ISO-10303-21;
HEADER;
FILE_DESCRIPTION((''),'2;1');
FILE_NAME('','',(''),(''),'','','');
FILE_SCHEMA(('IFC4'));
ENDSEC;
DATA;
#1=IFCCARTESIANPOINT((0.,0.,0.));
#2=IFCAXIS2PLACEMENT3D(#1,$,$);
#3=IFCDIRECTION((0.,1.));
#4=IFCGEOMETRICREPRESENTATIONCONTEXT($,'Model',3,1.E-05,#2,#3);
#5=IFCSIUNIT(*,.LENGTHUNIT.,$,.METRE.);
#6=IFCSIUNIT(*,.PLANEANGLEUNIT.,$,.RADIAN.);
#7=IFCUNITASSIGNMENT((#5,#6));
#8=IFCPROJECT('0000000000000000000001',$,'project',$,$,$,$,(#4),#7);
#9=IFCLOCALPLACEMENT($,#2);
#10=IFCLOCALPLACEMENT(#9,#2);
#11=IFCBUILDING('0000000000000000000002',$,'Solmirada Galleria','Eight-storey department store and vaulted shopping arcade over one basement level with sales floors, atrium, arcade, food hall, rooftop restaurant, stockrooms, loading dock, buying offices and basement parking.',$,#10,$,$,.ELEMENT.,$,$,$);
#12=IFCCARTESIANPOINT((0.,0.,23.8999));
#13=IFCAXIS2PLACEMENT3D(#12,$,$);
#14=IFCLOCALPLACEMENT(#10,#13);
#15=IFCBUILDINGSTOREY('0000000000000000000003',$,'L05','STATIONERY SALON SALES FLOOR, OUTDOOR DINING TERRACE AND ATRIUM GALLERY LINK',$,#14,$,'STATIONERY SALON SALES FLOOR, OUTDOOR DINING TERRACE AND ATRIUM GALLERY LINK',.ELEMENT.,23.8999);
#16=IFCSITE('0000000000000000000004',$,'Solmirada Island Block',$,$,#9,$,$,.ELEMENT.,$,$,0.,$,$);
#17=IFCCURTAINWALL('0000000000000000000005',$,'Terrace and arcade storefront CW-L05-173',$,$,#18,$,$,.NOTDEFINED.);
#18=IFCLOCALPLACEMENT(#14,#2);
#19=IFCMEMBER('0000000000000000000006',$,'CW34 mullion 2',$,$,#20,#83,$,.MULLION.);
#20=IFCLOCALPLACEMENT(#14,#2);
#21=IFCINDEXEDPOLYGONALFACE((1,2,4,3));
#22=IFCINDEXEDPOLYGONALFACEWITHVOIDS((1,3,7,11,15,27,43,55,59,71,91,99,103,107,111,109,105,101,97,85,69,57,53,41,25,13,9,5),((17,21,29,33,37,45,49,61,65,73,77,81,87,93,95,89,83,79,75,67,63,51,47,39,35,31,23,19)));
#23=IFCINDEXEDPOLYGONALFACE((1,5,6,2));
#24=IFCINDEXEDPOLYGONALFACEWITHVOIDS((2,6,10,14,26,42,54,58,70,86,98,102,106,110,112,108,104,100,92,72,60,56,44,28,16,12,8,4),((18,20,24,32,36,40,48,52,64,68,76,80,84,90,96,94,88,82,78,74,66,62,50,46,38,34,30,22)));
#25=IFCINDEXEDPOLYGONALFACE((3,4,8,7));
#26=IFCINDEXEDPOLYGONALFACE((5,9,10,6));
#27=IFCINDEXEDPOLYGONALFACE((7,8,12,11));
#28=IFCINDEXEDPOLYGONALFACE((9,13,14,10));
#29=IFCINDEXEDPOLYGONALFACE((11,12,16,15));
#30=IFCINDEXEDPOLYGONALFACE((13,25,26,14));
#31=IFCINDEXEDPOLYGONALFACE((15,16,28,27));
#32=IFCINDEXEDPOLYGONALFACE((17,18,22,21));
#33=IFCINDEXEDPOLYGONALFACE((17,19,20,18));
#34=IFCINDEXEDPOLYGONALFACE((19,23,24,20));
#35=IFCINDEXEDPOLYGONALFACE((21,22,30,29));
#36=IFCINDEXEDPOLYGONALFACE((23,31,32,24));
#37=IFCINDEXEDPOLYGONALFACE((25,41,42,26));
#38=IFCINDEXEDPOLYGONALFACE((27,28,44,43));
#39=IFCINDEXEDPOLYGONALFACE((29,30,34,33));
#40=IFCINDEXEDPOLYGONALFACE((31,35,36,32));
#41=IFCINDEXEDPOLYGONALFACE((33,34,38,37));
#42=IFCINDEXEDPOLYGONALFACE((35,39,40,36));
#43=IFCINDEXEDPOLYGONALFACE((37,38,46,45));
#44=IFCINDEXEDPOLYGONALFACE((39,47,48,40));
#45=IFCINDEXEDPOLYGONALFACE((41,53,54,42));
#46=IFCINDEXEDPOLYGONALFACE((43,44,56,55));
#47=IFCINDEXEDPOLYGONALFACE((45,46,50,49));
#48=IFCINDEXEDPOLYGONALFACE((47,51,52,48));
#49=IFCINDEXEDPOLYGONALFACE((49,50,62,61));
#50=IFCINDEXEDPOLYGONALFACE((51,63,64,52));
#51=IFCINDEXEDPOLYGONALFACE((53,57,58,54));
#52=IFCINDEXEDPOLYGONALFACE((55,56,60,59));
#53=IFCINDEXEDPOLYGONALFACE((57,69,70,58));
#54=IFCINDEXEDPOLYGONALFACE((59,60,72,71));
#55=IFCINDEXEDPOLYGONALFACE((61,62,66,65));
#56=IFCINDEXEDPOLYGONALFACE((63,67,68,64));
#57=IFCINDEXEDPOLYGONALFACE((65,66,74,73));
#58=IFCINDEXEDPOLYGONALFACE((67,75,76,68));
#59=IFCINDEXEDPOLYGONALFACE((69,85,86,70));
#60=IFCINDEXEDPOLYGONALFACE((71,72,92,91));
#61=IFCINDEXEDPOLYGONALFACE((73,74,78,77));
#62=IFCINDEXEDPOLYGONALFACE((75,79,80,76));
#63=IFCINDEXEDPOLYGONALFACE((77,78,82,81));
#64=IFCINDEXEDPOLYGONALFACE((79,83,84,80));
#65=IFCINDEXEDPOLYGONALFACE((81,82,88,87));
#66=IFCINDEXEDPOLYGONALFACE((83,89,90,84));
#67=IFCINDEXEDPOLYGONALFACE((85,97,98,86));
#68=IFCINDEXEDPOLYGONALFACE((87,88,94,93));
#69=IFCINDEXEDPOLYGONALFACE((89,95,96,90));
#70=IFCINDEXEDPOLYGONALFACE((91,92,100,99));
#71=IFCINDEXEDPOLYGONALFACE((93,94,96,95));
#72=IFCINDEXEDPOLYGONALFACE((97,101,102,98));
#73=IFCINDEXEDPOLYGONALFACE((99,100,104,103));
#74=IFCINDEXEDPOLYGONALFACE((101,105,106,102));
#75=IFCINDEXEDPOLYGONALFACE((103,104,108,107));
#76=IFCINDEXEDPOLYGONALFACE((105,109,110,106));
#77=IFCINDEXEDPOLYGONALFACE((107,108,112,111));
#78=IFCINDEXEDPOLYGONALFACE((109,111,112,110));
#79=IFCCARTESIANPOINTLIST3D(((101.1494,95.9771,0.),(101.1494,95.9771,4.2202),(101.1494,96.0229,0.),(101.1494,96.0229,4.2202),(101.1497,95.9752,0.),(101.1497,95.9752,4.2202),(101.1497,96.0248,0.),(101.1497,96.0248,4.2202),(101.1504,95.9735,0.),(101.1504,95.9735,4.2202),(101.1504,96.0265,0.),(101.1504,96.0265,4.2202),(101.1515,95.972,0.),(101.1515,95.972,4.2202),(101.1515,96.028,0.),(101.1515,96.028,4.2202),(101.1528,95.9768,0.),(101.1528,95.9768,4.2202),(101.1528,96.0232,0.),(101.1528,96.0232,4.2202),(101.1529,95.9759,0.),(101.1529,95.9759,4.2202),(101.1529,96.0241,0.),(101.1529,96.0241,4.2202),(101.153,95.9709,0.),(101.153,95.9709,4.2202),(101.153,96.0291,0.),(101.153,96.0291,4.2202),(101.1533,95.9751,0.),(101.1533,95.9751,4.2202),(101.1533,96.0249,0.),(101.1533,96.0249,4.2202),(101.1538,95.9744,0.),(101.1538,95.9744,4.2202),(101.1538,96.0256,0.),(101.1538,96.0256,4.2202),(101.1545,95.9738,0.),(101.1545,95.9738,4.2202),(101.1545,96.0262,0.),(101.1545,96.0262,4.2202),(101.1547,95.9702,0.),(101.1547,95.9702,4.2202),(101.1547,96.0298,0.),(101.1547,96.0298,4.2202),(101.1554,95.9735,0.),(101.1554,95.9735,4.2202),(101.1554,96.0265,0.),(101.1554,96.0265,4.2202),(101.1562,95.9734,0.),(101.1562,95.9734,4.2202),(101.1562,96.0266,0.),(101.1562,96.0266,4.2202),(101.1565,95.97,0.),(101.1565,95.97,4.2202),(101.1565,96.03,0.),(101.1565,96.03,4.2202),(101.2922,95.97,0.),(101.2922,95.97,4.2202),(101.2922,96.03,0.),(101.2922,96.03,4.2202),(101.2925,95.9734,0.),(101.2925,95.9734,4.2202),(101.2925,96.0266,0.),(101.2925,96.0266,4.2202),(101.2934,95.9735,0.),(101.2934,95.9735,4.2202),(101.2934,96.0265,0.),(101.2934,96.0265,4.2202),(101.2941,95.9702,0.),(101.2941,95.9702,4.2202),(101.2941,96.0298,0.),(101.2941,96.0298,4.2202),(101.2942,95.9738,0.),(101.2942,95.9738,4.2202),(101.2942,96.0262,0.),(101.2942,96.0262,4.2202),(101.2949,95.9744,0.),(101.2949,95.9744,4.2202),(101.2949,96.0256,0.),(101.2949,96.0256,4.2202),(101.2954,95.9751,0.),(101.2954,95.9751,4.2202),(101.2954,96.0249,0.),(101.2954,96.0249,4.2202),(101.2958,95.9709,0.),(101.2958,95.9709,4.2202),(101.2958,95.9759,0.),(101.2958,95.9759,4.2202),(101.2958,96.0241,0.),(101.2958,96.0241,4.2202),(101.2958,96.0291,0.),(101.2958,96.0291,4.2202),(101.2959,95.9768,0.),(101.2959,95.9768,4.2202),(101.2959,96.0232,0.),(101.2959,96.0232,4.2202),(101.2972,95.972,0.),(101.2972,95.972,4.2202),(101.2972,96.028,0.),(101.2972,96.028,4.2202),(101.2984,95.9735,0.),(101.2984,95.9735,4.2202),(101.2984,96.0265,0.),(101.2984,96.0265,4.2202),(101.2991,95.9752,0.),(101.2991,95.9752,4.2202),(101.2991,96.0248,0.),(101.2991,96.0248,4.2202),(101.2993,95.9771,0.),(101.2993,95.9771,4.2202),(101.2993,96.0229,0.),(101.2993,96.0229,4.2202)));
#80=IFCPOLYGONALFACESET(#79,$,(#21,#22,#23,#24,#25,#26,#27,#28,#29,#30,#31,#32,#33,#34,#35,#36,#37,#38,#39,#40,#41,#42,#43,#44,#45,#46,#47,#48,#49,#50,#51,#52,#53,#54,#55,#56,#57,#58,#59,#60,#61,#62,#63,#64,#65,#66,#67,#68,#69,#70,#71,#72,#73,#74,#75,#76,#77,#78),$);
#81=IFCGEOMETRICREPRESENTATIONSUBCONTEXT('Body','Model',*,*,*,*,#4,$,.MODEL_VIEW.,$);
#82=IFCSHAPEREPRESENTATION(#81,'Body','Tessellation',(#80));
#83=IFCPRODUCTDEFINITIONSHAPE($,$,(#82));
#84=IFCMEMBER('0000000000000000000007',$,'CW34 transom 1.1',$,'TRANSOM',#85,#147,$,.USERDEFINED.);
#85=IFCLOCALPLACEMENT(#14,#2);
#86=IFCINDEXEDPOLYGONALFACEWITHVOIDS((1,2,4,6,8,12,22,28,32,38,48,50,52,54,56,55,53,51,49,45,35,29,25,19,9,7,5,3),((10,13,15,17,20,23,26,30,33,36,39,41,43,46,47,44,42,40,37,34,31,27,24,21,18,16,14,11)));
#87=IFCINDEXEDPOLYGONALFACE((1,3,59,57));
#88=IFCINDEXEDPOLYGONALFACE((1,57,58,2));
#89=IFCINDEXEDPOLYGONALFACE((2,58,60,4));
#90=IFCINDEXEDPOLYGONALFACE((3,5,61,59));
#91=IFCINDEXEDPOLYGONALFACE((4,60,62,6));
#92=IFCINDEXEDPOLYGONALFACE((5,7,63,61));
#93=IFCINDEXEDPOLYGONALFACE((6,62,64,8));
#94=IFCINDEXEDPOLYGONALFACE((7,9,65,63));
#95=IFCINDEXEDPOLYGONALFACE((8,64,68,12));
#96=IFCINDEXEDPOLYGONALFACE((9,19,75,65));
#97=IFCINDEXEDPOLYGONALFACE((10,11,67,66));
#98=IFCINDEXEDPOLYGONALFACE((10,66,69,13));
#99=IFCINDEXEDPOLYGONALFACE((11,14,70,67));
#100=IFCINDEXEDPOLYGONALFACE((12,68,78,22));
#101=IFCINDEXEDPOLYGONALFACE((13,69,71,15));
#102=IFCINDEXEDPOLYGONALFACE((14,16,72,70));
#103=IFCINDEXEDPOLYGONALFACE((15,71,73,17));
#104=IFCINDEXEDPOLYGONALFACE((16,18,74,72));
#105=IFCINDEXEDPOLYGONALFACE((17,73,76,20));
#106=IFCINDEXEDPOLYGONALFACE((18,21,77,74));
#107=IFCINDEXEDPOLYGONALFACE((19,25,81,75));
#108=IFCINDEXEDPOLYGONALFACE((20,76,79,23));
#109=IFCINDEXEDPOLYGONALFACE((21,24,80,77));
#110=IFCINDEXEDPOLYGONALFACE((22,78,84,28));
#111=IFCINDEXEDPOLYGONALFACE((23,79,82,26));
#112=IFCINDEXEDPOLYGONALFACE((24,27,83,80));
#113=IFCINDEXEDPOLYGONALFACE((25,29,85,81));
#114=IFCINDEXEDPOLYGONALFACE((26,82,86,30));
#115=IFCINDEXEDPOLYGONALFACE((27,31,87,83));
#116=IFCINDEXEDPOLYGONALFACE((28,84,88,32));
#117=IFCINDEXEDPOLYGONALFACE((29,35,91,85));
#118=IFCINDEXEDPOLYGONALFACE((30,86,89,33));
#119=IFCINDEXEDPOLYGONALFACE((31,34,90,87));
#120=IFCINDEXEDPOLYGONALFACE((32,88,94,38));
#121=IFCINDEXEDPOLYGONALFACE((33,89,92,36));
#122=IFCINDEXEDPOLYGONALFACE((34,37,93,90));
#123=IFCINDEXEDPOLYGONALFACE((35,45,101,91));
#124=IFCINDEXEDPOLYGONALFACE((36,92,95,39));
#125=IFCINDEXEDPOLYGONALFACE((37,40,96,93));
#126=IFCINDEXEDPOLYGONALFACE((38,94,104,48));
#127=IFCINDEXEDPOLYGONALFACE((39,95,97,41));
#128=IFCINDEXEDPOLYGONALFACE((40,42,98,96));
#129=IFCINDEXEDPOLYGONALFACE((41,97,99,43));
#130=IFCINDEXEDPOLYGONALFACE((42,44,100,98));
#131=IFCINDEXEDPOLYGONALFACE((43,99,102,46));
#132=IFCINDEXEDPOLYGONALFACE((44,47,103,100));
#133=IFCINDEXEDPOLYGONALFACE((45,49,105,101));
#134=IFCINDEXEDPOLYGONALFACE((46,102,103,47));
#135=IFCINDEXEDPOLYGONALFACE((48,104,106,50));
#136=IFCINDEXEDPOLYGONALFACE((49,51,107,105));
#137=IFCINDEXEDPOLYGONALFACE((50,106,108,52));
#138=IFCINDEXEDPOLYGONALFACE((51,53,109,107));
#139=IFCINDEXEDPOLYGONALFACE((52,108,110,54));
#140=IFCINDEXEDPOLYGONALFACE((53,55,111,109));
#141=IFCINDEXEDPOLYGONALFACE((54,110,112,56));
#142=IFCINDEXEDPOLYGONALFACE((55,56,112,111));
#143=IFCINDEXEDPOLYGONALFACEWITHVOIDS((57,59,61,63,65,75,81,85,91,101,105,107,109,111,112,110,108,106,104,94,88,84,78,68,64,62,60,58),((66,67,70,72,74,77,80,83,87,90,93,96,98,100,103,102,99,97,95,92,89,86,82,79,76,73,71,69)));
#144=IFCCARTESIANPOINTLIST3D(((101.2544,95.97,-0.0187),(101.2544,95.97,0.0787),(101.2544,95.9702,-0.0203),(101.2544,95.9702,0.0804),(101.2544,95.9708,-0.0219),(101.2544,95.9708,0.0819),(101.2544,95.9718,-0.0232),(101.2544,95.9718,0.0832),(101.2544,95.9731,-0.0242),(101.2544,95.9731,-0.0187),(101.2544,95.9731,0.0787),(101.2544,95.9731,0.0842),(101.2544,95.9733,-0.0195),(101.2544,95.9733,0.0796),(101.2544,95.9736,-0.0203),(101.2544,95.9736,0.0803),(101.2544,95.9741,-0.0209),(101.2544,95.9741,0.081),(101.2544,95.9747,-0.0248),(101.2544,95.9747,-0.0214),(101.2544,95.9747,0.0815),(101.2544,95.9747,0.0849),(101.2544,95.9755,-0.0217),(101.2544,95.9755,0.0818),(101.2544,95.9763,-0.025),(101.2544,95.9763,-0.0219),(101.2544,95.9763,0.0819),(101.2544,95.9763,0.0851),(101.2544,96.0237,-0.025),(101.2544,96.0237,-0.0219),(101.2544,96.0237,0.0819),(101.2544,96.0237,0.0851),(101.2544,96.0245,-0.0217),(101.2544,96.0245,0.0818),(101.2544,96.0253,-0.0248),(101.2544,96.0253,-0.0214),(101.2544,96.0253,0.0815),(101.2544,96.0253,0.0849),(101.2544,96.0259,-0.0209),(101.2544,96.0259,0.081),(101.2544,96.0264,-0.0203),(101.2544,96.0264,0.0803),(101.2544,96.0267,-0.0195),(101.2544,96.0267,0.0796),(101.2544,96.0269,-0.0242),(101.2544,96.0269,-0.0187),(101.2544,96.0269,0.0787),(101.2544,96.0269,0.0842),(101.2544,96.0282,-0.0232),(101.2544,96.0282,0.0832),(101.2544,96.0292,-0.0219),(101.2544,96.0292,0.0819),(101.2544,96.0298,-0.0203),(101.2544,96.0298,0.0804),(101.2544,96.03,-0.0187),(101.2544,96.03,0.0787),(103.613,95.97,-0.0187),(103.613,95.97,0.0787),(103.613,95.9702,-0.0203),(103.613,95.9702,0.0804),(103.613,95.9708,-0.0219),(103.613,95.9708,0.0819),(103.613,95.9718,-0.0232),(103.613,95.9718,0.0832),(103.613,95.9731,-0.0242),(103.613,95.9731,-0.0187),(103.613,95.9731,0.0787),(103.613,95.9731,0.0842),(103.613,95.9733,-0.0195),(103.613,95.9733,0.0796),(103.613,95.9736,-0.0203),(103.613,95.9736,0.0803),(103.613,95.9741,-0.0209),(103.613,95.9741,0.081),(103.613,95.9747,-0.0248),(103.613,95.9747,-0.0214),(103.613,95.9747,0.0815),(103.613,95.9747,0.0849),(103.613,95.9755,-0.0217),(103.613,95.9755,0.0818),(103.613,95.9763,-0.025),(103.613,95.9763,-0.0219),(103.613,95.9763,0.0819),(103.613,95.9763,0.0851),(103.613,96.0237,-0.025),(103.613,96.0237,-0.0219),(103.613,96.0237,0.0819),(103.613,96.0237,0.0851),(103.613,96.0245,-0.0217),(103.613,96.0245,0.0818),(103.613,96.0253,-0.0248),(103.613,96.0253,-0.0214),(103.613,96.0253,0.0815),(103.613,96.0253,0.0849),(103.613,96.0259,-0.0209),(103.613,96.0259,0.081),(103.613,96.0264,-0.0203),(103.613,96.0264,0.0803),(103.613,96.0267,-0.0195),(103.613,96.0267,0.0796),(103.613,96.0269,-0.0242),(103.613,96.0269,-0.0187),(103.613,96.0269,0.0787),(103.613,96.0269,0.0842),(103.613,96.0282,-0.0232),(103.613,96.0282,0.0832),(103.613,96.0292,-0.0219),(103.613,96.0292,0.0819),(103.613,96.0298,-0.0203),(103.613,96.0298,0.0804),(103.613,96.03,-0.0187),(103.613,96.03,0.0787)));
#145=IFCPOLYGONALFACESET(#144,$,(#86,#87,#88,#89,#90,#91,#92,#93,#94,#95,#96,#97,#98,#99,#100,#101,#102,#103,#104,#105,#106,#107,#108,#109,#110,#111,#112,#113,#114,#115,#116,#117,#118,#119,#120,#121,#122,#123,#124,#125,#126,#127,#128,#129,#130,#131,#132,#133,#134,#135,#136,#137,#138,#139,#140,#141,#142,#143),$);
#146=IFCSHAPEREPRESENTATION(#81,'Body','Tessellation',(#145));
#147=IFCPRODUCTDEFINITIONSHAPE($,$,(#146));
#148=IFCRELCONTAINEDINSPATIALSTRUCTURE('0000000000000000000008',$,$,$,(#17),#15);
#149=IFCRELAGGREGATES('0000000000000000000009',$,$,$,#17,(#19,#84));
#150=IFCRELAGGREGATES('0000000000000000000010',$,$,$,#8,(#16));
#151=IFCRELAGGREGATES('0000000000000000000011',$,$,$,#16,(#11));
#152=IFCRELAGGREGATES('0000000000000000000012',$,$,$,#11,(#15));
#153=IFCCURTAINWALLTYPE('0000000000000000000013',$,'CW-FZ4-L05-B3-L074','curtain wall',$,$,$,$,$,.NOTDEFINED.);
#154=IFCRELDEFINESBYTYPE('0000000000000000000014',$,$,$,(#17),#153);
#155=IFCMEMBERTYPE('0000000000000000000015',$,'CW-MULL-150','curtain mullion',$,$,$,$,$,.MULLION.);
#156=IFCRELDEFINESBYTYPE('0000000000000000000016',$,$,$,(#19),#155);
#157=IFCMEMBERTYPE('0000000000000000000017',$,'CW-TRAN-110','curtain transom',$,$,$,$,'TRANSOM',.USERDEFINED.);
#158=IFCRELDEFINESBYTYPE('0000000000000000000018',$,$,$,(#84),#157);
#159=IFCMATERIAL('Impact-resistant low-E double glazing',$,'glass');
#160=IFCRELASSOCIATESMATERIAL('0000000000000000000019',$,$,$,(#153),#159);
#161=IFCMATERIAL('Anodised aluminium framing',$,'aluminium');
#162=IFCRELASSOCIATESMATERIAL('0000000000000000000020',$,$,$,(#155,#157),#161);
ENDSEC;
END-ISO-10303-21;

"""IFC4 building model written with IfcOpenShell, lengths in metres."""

from ifc_helpers import new_model, si_unit, direction, frame, origin, origin_2d, place, context, subcontext, project, spatial, hollow_rectangle, extrude, material, material_profile, profile_set, type_object, element, aggregate, save


model = new_model("IFC4")

# Units and contexts
model_context = context("Model", 3, precision=1e-05, world=origin(), true_north=direction((0.0, 1.0)))
body_context = subcontext(model_context, "Body", "Model", "MODEL_VIEW")
ifc_project = project(units=[si_unit("LENGTHUNIT", "METRE"), si_unit("PLANEANGLEUNIT", "RADIAN")], contexts=[model_context])

# Site, building, storey
site_placement = place(None, origin())
site = spatial("IfcSite", under=ifc_project, at=site_placement, Name="Solmirada Island Block", CompositionType="ELEMENT", RefElevation=0.0)
building_placement = place(site_placement, origin())
building = spatial("IfcBuilding", under=site, at=building_placement, Name="Solmirada Galleria", Description="Eight-storey department store and vaulted shopping arcade over one basement level with sales floors, atrium, arcade, food hall, rooftop restaurant, stockrooms, loading dock, buying offices and basement parking.", CompositionType="ELEMENT")
storey_placement = place(building_placement, frame((0.0, 0.0, 23.8999)))
storey = spatial("IfcBuildingStorey", under=building, at=storey_placement, Name="L05", Description="STATIONERY SALON SALES FLOOR, OUTDOOR DINING TERRACE AND ATRIUM GALLERY LINK", LongName="STATIONERY SALON SALES FLOOR, OUTDOOR DINING TERRACE AND ATRIUM GALLERY LINK", CompositionType="ELEMENT", Elevation=23.8999)

# Curtain wall, members
ifc_material_1 = material(Name="Impact-resistant low-E double glazing", Category="glass")
curtain_wall_type_1 = type_object("IfcCurtainWallType", Name="CW-FZ4-L05-B3-L074", Description="curtain wall", PredefinedType="NOTDEFINED", material=ifc_material_1)
curtain_wall_1_placement = place(storey_placement, origin())
curtain_wall_1 = element("IfcCurtainWall", 1, at=curtain_wall_1_placement, inside=storey, type_object=curtain_wall_type_1, Name="Terrace and arcade storefront CW-L05-173", PredefinedType="NOTDEFINED")
ifc_material_2 = material(Name="Anodised aluminium framing", Category="aluminium")
ifc_material_profile_1 = material_profile(ifc_material_2, hollow_rectangle(XDim=0.0601, YDim=0.1499, WallThickness=0.0034, InnerFilletRadius=0.0034, OuterFilletRadius=0.0071, at=origin_2d()), Name="ALU-MULL-150X60")
ifc_profile_set_1 = profile_set([ifc_material_profile_1], Name="Anodised aluminium framing")
member_type_1 = type_object("IfcMemberType", Name="CW-MULL-150", Description="curtain mullion", PredefinedType="MULLION", material=ifc_profile_set_1)
member_1_placement = place(storey_placement, frame((101.2244, 96.0, 0.0), z_axis=(0.0, 0.0, 1.0), x_axis=(0.0, -1.0, 0.0)))
member_1 = element("IfcMember", 2, at=member_1_placement, type_object=member_type_1, Name="CW34 mullion 2", PredefinedType="MULLION", context=body_context, shape_type="SweptSolid", body=[
    extrude(hollow_rectangle(XDim=0.0601, YDim=0.1499, WallThickness=0.0034, InnerFilletRadius=0.0034, OuterFilletRadius=0.0071, at=origin_2d()), origin(), (0.0, 0.0, 1.0), 4.2202),
])
ifc_material_profile_2 = material_profile(ifc_material_2, hollow_rectangle(XDim=0.0601, YDim=0.1101, WallThickness=0.0032, InnerFilletRadius=0.0032, OuterFilletRadius=0.0063, at=origin_2d()), Name="ALU-TRAN-110X60")
ifc_profile_set_2 = profile_set([ifc_material_profile_2], Name="Anodised aluminium framing")
member_type_2 = type_object("IfcMemberType", Name="CW-TRAN-110", Description="curtain transom", ElementType="TRANSOM", PredefinedType="USERDEFINED", material=ifc_profile_set_2)
member_2_placement = place(storey_placement, frame((103.613, 96.0, 0.03), z_axis=(-1.0, 0.0, 0.0), x_axis=(0.0, -1.0, 0.0)))
member_2 = element("IfcMember", 3, at=member_2_placement, type_object=member_type_2, Name="CW34 transom 1.1", ObjectType="TRANSOM", PredefinedType="USERDEFINED", context=body_context, shape_type="SweptSolid", body=[
    extrude(hollow_rectangle(XDim=0.0601, YDim=0.1101, WallThickness=0.0032, InnerFilletRadius=0.0032, OuterFilletRadius=0.0063, at=origin_2d()), origin(), (0.0, 0.0, 1.0), 2.3586),
])

aggregate(curtain_wall_1, [member_1, member_2])

save(model, "model.ifc")
